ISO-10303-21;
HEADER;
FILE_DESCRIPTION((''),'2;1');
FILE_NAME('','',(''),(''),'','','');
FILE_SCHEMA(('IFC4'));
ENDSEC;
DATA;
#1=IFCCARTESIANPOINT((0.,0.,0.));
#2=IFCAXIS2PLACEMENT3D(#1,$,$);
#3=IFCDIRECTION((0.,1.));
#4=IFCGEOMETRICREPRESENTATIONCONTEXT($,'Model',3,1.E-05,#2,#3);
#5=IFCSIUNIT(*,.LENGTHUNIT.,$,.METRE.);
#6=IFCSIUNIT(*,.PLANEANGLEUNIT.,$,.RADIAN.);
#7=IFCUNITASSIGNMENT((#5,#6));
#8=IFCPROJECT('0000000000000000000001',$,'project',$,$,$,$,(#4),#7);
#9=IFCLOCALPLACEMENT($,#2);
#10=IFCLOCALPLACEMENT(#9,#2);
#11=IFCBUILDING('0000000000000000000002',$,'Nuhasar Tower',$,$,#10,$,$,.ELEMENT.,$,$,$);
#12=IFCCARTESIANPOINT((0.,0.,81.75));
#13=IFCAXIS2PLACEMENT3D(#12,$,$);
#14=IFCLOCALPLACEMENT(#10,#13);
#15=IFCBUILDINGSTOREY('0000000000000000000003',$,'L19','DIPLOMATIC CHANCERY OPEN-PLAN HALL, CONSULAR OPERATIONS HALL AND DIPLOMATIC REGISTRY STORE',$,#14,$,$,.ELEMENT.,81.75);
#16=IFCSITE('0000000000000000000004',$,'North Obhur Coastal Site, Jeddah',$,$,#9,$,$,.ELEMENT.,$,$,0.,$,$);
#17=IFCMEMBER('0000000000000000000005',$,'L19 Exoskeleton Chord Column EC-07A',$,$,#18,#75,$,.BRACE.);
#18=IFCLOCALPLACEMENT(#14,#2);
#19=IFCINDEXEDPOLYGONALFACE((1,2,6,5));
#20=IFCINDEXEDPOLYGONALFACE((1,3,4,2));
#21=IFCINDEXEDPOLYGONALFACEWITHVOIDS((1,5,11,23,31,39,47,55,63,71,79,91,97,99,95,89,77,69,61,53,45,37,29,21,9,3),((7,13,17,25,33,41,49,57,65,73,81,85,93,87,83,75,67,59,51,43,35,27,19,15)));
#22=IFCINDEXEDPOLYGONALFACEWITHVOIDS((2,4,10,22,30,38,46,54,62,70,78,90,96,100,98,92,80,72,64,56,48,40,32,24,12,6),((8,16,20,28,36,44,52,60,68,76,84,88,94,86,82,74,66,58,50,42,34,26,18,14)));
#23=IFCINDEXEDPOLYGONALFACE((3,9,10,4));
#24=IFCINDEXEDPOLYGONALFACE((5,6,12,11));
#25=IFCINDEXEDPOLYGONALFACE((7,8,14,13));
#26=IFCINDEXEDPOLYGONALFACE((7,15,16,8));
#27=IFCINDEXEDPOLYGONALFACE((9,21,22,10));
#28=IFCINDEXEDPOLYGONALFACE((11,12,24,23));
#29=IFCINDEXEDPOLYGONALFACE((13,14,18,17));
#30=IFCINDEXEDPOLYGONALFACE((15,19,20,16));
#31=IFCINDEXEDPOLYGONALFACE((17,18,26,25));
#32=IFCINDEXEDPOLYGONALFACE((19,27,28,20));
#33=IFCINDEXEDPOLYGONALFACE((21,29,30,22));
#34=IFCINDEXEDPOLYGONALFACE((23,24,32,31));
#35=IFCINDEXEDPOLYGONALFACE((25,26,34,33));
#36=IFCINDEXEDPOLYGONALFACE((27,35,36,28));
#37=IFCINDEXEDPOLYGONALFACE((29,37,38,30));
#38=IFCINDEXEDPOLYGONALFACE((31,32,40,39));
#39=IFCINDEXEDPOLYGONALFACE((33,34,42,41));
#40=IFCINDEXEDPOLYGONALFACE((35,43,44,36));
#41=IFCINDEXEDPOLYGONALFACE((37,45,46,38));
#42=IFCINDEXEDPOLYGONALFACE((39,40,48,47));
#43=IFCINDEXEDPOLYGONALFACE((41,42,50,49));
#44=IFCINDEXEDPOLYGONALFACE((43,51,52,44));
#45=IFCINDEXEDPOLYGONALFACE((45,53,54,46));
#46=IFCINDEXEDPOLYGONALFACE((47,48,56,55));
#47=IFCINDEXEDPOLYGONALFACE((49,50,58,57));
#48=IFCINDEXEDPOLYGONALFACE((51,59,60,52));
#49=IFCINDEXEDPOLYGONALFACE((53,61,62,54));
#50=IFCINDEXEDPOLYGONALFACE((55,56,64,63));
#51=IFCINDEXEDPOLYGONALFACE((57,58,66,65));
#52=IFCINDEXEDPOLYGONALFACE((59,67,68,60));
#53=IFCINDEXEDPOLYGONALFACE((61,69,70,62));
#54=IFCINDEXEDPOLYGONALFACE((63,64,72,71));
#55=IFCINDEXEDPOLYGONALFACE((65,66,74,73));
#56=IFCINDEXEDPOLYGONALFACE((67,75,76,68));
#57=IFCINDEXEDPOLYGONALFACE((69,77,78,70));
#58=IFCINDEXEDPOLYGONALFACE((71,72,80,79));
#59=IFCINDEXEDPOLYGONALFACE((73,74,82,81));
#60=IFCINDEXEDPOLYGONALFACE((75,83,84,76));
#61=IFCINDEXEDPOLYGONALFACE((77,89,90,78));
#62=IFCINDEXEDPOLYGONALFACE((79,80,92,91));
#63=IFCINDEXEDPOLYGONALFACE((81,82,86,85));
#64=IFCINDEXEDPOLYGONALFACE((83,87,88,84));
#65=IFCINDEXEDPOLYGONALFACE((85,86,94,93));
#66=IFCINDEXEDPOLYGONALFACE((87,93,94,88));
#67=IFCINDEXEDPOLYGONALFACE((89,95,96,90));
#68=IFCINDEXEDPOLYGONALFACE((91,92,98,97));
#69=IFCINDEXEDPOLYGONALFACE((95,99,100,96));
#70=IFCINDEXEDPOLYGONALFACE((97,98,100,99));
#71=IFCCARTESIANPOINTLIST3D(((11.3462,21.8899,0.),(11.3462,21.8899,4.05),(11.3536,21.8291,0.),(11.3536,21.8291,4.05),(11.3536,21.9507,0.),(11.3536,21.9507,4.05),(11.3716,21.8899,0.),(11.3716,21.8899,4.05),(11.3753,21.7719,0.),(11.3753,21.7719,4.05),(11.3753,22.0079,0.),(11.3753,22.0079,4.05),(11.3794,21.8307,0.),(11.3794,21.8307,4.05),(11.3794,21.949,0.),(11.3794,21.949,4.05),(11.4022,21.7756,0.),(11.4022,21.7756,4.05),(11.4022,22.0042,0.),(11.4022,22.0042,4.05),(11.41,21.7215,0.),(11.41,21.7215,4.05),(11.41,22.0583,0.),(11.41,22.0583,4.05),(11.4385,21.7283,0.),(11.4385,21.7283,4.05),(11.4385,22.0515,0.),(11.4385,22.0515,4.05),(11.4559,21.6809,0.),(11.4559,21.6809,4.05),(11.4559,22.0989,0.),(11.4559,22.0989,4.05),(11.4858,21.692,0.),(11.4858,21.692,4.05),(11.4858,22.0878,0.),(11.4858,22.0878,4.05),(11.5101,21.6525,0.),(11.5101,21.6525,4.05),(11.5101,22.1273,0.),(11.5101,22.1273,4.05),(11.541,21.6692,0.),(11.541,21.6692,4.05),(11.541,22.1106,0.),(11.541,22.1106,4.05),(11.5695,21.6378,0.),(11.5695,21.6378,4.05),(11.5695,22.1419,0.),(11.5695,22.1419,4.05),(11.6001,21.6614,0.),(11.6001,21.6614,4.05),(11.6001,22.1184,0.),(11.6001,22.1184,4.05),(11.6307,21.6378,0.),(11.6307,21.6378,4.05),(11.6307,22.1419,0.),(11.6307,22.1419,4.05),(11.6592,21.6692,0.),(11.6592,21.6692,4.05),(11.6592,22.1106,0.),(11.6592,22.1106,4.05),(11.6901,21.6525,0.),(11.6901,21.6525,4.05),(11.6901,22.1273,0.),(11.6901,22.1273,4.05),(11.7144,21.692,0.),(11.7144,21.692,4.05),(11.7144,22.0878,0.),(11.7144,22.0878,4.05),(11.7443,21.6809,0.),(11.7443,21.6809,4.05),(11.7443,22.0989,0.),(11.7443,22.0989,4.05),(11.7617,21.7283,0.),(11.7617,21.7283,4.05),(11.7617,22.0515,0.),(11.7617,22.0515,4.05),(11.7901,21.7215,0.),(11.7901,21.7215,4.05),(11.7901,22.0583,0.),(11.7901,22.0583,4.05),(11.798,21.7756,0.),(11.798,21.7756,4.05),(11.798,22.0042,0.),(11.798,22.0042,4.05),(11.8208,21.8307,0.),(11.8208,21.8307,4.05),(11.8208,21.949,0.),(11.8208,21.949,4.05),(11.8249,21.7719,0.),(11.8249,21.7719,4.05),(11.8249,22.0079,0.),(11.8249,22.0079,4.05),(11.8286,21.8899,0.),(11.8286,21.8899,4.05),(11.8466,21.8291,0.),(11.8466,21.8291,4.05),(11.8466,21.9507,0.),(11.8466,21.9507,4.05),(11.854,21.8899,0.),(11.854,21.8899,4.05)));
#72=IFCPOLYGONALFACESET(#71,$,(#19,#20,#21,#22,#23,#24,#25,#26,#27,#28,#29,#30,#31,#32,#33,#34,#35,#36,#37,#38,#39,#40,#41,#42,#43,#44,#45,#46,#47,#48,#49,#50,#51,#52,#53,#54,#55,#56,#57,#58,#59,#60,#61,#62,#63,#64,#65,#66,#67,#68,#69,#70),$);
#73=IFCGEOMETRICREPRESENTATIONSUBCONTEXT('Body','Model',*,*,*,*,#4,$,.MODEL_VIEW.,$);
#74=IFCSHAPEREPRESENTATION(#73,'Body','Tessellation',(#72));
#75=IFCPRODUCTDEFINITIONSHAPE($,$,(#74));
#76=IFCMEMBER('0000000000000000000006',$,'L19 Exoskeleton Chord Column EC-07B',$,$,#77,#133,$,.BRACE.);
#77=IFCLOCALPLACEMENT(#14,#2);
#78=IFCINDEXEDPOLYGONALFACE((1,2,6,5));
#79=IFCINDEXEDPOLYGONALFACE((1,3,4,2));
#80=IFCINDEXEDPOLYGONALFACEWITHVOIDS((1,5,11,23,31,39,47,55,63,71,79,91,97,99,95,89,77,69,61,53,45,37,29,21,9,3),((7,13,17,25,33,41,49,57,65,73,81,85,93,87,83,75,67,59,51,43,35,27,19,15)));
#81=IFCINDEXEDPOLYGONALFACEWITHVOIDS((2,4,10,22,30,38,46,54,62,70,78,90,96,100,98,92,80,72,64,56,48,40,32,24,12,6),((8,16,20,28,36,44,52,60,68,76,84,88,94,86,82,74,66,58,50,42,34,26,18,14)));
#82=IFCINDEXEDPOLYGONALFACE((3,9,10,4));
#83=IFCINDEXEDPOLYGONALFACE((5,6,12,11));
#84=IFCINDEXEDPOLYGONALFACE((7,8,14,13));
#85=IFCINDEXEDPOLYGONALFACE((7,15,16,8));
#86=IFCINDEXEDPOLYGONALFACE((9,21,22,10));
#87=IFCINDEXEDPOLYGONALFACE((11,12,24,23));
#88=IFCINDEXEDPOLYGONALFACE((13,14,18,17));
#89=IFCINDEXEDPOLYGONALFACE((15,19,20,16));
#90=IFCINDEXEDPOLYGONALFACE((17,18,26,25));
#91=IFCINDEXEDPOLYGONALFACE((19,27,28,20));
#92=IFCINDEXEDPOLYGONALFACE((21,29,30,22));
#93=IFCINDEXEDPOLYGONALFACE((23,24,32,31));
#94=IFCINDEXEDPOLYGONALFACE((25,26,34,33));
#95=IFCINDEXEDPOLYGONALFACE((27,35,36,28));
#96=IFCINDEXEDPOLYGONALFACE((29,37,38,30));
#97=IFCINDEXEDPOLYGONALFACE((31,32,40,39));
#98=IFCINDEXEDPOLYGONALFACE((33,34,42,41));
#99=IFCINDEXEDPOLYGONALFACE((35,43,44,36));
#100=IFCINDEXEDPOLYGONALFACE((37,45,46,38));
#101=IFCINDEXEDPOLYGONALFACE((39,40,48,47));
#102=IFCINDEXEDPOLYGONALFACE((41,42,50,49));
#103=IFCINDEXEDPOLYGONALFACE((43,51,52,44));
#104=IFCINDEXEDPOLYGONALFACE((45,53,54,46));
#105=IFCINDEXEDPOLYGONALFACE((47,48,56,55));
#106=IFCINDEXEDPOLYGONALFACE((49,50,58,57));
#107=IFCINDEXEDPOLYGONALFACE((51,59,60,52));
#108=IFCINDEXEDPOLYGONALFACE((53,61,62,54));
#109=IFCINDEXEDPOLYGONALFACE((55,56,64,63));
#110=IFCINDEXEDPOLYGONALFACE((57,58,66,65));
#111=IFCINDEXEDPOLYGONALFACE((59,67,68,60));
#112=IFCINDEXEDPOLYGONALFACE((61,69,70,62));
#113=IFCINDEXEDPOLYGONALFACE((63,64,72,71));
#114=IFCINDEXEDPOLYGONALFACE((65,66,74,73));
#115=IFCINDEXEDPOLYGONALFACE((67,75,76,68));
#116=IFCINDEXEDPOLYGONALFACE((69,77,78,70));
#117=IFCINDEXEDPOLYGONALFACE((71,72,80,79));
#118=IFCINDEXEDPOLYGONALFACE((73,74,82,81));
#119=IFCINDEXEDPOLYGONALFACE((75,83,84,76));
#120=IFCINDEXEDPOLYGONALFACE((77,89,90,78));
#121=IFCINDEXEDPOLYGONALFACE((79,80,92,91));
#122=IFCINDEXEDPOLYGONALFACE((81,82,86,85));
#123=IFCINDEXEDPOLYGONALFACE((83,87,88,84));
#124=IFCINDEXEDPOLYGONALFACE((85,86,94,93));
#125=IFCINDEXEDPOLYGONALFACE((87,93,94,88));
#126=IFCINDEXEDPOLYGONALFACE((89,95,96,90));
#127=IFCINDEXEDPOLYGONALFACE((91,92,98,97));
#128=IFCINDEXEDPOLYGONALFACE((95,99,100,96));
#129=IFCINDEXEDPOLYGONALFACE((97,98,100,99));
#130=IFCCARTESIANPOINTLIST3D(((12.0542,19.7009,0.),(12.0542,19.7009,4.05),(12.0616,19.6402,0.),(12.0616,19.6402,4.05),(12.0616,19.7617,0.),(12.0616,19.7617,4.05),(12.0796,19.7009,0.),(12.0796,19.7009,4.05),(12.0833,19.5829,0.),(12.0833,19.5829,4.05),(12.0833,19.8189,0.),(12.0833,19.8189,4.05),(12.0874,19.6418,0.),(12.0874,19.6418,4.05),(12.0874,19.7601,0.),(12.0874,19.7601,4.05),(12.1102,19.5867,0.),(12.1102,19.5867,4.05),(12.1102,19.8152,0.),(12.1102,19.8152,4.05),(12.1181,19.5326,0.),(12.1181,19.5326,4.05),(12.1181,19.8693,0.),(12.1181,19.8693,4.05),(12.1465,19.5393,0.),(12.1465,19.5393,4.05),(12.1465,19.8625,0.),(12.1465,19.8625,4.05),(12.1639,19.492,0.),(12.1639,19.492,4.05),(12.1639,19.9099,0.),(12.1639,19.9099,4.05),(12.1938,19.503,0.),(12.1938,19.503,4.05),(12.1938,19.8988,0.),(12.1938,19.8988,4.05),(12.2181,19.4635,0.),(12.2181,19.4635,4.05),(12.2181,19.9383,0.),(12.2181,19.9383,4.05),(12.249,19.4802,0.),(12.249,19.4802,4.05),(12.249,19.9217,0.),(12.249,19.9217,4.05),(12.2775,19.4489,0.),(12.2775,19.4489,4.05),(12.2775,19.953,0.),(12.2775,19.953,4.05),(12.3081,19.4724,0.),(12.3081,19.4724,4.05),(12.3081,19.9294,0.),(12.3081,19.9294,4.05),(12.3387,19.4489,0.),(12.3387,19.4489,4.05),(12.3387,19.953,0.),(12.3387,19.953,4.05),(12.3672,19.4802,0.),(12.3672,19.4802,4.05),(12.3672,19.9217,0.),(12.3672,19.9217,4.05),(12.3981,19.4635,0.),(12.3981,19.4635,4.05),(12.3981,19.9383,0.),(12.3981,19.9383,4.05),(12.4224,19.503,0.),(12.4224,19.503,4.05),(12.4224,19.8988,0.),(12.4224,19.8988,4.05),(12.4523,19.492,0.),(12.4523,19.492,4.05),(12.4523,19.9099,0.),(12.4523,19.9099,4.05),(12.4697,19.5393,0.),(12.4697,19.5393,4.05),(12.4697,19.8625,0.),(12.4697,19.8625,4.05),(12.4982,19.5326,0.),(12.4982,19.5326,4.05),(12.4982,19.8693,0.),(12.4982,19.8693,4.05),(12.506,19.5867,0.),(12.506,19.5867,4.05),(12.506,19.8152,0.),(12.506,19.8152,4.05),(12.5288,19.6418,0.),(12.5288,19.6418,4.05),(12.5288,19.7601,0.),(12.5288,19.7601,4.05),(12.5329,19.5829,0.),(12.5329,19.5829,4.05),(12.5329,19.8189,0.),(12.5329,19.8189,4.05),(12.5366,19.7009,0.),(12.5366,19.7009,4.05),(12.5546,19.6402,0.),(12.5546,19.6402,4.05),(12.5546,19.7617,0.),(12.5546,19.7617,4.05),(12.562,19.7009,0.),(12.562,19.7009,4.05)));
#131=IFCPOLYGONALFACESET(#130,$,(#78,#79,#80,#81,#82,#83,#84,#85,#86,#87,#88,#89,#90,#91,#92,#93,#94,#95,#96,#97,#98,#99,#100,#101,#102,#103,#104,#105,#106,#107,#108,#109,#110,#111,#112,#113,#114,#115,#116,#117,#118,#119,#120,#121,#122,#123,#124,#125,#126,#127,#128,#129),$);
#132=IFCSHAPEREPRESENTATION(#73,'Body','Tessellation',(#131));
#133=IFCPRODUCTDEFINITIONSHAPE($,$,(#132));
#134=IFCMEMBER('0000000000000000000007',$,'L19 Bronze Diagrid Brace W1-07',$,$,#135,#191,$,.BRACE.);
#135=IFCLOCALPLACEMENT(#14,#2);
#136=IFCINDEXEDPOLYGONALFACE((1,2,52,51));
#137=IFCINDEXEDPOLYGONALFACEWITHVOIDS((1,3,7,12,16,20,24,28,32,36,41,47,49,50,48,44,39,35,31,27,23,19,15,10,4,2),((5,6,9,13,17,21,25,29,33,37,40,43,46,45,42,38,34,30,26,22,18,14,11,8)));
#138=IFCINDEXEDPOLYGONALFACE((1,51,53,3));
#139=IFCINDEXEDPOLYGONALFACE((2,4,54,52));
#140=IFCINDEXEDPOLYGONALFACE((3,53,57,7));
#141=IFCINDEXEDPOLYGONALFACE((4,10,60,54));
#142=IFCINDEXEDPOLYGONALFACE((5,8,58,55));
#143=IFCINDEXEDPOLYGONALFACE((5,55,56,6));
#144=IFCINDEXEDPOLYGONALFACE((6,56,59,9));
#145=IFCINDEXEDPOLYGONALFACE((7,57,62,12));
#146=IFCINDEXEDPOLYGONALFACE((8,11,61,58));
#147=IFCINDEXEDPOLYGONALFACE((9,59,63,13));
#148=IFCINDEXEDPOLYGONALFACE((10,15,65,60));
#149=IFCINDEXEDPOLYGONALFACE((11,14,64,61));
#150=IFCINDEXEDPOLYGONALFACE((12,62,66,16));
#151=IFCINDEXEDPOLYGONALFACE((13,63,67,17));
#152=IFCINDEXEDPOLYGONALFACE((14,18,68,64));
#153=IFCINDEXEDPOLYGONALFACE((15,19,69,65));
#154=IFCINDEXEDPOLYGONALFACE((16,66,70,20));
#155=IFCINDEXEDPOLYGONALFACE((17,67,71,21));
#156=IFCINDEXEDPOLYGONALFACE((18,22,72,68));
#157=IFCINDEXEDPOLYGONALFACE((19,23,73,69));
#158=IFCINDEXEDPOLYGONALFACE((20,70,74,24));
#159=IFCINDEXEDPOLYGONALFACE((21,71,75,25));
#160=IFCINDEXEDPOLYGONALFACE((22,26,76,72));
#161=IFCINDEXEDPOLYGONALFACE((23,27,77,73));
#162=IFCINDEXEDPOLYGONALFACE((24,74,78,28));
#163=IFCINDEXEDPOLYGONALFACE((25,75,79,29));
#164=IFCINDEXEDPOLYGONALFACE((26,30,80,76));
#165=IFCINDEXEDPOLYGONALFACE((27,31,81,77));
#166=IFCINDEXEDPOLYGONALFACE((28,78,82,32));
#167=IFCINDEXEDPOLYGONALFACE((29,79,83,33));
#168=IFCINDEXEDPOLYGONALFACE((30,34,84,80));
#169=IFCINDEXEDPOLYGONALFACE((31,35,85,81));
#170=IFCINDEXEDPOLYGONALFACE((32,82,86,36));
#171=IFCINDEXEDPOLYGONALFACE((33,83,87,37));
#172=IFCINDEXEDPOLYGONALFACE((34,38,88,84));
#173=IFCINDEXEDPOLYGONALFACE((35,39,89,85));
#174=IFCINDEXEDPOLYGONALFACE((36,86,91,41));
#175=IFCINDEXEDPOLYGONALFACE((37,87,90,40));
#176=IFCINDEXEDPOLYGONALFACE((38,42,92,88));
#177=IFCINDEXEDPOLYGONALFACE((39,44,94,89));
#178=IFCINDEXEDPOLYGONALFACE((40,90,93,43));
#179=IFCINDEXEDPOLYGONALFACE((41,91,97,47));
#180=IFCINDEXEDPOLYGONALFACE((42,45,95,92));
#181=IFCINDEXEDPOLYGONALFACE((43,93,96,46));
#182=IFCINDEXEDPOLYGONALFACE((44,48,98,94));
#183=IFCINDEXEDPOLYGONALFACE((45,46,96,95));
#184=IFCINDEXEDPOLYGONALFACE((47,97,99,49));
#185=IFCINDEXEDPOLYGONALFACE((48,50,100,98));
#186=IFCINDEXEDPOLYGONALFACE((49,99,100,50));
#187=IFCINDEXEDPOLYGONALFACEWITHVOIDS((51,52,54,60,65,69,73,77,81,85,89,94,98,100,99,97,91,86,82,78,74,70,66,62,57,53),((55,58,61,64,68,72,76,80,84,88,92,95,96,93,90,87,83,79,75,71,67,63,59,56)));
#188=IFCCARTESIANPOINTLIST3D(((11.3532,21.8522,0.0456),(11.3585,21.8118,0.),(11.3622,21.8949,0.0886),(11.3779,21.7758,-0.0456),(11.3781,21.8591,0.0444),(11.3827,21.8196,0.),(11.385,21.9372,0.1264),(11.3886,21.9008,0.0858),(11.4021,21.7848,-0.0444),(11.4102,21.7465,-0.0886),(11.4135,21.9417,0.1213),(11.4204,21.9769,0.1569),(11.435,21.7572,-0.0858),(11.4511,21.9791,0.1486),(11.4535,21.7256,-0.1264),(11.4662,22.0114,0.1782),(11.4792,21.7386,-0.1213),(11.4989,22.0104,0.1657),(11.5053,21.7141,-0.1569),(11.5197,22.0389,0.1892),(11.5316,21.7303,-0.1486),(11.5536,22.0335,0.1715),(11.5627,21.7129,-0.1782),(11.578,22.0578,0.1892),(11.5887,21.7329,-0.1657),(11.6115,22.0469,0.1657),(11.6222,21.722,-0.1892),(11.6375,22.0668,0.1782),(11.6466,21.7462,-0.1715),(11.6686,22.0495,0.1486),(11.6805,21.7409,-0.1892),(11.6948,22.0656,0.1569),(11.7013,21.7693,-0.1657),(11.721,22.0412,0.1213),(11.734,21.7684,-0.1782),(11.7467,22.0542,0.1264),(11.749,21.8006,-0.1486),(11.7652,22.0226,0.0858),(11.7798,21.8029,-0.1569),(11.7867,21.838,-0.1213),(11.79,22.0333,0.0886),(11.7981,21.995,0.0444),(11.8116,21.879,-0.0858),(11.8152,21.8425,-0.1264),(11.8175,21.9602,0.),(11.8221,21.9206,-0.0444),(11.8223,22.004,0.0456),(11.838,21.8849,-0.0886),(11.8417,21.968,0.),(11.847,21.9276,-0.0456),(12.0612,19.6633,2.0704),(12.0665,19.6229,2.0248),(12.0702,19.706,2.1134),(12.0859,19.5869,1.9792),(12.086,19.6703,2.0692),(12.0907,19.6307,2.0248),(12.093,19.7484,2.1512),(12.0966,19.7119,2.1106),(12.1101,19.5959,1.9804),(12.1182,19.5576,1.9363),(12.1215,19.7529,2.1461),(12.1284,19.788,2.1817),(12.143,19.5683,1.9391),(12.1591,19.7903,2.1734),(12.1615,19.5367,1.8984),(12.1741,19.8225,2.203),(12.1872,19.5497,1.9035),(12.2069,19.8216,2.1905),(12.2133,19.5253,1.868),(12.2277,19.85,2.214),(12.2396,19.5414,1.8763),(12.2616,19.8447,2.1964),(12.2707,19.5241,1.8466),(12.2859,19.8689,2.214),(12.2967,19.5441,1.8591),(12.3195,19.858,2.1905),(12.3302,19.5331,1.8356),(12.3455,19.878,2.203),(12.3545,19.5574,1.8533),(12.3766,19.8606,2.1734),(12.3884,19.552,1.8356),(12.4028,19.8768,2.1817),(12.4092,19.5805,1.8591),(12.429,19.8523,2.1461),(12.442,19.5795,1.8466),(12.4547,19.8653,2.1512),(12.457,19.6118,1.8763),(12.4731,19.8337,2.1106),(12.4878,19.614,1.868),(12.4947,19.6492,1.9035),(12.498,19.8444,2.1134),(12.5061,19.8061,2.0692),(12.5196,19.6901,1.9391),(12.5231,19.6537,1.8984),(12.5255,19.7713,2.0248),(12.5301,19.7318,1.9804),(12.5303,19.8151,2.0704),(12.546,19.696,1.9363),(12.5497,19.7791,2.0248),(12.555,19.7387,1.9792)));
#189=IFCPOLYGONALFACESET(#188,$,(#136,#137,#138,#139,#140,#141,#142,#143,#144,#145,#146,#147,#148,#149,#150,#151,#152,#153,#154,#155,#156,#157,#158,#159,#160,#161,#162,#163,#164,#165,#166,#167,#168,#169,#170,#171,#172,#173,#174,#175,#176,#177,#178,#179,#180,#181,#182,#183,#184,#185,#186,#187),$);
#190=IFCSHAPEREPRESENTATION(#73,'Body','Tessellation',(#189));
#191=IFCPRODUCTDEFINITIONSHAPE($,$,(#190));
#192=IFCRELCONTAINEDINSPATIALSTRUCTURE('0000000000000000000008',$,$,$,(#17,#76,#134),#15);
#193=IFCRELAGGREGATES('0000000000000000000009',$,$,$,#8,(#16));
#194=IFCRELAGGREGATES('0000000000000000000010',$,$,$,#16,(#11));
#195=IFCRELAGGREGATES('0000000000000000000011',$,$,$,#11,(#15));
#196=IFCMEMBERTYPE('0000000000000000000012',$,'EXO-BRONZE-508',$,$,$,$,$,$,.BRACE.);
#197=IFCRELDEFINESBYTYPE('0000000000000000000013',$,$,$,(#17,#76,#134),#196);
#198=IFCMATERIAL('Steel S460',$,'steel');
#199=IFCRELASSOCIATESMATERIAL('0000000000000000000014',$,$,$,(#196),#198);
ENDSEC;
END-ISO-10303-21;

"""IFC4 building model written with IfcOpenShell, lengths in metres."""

from ifc_helpers import new_model, si_unit, direction, frame, origin, origin_2d, place, context, subcontext, project, spatial, hollow_circle, extrude, material, material_profile, profile_set, type_object, element, save


model = new_model("IFC4")

# Units and contexts
model_context = context("Model", 3, precision=1e-05, world=origin(), true_north=direction((0.0, 1.0)))
body_context = subcontext(model_context, "Body", "Model", "MODEL_VIEW")
ifc_project = project(units=[si_unit("LENGTHUNIT", "METRE"), si_unit("PLANEANGLEUNIT", "RADIAN")], contexts=[model_context])

# Site, building, storey
site_placement = place(None, origin())
site = spatial("IfcSite", under=ifc_project, at=site_placement, Name="North Obhur Coastal Site, Jeddah", CompositionType="ELEMENT", RefElevation=0.0)
building_placement = place(site_placement, origin())
building = spatial("IfcBuilding", under=site, at=building_placement, Name="Nuhasar Tower", CompositionType="ELEMENT")
storey_placement = place(building_placement, frame((0.0, 0.0, 81.75)))
storey = spatial("IfcBuildingStorey", under=building, at=storey_placement, Name="L19", Description="DIPLOMATIC CHANCERY OPEN-PLAN HALL, CONSULAR OPERATIONS HALL AND DIPLOMATIC REGISTRY STORE", CompositionType="ELEMENT", Elevation=81.75)

# Members
ifc_material_1 = material(Name="Steel S460", Category="steel")
ifc_material_profile_1 = material_profile(ifc_material_1, hollow_circle(Radius=0.2539, WallThickness=0.0254, at=origin_2d()), Name="HSS508X25.4")
ifc_profile_set_1 = profile_set([ifc_material_profile_1], Name="Steel S460")
member_type_1 = type_object("IfcMemberType", Name="EXO-BRONZE-508", PredefinedType="BRACE", material=ifc_profile_set_1)
for number, where, z_axis, x_axis, name in (
    (1, (11.6001, 21.8899, 0.0), (0.0, 0.0, 1.0), (1.0, 0.0, 0.0), "L19 Exoskeleton Chord Column EC-07A"),
    (2, (12.3081, 19.7009, 0.0), (0.0, 0.0, 1.0), (1.0, 0.0, 0.0), "L19 Exoskeleton Chord Column EC-07B"),
):
    element("IfcMember", number, at=place(storey_placement, frame(where, z_axis=z_axis, x_axis=x_axis)), inside=storey, type_object=member_type_1, Name=name, PredefinedType="BRACE", context=body_context, shape_type="SweptSolid", body=[
        extrude(hollow_circle(Radius=0.2539, WallThickness=0.0254, at=origin_2d()), origin(), (0.0, 0.0, 1.0), 4.05),
    ])
member_1_placement = place(storey_placement, frame((11.6001, 21.8899, 0.0), z_axis=(0.231012, -0.714225, 0.660694), x_axis=(0.951468, 0.307747, 0.0)))
element("IfcMember", 3, at=member_1_placement, inside=storey, type_object=member_type_1, Name="L19 Bronze Diagrid Brace W1-07", PredefinedType="BRACE", context=body_context, shape_type="SweptSolid", body=[
    extrude(hollow_circle(Radius=0.2539, WallThickness=0.0254, at=origin_2d()), origin(), (0.0, 0.0, 1.0), 3.0647),
])

save(model, "model.ifc")
